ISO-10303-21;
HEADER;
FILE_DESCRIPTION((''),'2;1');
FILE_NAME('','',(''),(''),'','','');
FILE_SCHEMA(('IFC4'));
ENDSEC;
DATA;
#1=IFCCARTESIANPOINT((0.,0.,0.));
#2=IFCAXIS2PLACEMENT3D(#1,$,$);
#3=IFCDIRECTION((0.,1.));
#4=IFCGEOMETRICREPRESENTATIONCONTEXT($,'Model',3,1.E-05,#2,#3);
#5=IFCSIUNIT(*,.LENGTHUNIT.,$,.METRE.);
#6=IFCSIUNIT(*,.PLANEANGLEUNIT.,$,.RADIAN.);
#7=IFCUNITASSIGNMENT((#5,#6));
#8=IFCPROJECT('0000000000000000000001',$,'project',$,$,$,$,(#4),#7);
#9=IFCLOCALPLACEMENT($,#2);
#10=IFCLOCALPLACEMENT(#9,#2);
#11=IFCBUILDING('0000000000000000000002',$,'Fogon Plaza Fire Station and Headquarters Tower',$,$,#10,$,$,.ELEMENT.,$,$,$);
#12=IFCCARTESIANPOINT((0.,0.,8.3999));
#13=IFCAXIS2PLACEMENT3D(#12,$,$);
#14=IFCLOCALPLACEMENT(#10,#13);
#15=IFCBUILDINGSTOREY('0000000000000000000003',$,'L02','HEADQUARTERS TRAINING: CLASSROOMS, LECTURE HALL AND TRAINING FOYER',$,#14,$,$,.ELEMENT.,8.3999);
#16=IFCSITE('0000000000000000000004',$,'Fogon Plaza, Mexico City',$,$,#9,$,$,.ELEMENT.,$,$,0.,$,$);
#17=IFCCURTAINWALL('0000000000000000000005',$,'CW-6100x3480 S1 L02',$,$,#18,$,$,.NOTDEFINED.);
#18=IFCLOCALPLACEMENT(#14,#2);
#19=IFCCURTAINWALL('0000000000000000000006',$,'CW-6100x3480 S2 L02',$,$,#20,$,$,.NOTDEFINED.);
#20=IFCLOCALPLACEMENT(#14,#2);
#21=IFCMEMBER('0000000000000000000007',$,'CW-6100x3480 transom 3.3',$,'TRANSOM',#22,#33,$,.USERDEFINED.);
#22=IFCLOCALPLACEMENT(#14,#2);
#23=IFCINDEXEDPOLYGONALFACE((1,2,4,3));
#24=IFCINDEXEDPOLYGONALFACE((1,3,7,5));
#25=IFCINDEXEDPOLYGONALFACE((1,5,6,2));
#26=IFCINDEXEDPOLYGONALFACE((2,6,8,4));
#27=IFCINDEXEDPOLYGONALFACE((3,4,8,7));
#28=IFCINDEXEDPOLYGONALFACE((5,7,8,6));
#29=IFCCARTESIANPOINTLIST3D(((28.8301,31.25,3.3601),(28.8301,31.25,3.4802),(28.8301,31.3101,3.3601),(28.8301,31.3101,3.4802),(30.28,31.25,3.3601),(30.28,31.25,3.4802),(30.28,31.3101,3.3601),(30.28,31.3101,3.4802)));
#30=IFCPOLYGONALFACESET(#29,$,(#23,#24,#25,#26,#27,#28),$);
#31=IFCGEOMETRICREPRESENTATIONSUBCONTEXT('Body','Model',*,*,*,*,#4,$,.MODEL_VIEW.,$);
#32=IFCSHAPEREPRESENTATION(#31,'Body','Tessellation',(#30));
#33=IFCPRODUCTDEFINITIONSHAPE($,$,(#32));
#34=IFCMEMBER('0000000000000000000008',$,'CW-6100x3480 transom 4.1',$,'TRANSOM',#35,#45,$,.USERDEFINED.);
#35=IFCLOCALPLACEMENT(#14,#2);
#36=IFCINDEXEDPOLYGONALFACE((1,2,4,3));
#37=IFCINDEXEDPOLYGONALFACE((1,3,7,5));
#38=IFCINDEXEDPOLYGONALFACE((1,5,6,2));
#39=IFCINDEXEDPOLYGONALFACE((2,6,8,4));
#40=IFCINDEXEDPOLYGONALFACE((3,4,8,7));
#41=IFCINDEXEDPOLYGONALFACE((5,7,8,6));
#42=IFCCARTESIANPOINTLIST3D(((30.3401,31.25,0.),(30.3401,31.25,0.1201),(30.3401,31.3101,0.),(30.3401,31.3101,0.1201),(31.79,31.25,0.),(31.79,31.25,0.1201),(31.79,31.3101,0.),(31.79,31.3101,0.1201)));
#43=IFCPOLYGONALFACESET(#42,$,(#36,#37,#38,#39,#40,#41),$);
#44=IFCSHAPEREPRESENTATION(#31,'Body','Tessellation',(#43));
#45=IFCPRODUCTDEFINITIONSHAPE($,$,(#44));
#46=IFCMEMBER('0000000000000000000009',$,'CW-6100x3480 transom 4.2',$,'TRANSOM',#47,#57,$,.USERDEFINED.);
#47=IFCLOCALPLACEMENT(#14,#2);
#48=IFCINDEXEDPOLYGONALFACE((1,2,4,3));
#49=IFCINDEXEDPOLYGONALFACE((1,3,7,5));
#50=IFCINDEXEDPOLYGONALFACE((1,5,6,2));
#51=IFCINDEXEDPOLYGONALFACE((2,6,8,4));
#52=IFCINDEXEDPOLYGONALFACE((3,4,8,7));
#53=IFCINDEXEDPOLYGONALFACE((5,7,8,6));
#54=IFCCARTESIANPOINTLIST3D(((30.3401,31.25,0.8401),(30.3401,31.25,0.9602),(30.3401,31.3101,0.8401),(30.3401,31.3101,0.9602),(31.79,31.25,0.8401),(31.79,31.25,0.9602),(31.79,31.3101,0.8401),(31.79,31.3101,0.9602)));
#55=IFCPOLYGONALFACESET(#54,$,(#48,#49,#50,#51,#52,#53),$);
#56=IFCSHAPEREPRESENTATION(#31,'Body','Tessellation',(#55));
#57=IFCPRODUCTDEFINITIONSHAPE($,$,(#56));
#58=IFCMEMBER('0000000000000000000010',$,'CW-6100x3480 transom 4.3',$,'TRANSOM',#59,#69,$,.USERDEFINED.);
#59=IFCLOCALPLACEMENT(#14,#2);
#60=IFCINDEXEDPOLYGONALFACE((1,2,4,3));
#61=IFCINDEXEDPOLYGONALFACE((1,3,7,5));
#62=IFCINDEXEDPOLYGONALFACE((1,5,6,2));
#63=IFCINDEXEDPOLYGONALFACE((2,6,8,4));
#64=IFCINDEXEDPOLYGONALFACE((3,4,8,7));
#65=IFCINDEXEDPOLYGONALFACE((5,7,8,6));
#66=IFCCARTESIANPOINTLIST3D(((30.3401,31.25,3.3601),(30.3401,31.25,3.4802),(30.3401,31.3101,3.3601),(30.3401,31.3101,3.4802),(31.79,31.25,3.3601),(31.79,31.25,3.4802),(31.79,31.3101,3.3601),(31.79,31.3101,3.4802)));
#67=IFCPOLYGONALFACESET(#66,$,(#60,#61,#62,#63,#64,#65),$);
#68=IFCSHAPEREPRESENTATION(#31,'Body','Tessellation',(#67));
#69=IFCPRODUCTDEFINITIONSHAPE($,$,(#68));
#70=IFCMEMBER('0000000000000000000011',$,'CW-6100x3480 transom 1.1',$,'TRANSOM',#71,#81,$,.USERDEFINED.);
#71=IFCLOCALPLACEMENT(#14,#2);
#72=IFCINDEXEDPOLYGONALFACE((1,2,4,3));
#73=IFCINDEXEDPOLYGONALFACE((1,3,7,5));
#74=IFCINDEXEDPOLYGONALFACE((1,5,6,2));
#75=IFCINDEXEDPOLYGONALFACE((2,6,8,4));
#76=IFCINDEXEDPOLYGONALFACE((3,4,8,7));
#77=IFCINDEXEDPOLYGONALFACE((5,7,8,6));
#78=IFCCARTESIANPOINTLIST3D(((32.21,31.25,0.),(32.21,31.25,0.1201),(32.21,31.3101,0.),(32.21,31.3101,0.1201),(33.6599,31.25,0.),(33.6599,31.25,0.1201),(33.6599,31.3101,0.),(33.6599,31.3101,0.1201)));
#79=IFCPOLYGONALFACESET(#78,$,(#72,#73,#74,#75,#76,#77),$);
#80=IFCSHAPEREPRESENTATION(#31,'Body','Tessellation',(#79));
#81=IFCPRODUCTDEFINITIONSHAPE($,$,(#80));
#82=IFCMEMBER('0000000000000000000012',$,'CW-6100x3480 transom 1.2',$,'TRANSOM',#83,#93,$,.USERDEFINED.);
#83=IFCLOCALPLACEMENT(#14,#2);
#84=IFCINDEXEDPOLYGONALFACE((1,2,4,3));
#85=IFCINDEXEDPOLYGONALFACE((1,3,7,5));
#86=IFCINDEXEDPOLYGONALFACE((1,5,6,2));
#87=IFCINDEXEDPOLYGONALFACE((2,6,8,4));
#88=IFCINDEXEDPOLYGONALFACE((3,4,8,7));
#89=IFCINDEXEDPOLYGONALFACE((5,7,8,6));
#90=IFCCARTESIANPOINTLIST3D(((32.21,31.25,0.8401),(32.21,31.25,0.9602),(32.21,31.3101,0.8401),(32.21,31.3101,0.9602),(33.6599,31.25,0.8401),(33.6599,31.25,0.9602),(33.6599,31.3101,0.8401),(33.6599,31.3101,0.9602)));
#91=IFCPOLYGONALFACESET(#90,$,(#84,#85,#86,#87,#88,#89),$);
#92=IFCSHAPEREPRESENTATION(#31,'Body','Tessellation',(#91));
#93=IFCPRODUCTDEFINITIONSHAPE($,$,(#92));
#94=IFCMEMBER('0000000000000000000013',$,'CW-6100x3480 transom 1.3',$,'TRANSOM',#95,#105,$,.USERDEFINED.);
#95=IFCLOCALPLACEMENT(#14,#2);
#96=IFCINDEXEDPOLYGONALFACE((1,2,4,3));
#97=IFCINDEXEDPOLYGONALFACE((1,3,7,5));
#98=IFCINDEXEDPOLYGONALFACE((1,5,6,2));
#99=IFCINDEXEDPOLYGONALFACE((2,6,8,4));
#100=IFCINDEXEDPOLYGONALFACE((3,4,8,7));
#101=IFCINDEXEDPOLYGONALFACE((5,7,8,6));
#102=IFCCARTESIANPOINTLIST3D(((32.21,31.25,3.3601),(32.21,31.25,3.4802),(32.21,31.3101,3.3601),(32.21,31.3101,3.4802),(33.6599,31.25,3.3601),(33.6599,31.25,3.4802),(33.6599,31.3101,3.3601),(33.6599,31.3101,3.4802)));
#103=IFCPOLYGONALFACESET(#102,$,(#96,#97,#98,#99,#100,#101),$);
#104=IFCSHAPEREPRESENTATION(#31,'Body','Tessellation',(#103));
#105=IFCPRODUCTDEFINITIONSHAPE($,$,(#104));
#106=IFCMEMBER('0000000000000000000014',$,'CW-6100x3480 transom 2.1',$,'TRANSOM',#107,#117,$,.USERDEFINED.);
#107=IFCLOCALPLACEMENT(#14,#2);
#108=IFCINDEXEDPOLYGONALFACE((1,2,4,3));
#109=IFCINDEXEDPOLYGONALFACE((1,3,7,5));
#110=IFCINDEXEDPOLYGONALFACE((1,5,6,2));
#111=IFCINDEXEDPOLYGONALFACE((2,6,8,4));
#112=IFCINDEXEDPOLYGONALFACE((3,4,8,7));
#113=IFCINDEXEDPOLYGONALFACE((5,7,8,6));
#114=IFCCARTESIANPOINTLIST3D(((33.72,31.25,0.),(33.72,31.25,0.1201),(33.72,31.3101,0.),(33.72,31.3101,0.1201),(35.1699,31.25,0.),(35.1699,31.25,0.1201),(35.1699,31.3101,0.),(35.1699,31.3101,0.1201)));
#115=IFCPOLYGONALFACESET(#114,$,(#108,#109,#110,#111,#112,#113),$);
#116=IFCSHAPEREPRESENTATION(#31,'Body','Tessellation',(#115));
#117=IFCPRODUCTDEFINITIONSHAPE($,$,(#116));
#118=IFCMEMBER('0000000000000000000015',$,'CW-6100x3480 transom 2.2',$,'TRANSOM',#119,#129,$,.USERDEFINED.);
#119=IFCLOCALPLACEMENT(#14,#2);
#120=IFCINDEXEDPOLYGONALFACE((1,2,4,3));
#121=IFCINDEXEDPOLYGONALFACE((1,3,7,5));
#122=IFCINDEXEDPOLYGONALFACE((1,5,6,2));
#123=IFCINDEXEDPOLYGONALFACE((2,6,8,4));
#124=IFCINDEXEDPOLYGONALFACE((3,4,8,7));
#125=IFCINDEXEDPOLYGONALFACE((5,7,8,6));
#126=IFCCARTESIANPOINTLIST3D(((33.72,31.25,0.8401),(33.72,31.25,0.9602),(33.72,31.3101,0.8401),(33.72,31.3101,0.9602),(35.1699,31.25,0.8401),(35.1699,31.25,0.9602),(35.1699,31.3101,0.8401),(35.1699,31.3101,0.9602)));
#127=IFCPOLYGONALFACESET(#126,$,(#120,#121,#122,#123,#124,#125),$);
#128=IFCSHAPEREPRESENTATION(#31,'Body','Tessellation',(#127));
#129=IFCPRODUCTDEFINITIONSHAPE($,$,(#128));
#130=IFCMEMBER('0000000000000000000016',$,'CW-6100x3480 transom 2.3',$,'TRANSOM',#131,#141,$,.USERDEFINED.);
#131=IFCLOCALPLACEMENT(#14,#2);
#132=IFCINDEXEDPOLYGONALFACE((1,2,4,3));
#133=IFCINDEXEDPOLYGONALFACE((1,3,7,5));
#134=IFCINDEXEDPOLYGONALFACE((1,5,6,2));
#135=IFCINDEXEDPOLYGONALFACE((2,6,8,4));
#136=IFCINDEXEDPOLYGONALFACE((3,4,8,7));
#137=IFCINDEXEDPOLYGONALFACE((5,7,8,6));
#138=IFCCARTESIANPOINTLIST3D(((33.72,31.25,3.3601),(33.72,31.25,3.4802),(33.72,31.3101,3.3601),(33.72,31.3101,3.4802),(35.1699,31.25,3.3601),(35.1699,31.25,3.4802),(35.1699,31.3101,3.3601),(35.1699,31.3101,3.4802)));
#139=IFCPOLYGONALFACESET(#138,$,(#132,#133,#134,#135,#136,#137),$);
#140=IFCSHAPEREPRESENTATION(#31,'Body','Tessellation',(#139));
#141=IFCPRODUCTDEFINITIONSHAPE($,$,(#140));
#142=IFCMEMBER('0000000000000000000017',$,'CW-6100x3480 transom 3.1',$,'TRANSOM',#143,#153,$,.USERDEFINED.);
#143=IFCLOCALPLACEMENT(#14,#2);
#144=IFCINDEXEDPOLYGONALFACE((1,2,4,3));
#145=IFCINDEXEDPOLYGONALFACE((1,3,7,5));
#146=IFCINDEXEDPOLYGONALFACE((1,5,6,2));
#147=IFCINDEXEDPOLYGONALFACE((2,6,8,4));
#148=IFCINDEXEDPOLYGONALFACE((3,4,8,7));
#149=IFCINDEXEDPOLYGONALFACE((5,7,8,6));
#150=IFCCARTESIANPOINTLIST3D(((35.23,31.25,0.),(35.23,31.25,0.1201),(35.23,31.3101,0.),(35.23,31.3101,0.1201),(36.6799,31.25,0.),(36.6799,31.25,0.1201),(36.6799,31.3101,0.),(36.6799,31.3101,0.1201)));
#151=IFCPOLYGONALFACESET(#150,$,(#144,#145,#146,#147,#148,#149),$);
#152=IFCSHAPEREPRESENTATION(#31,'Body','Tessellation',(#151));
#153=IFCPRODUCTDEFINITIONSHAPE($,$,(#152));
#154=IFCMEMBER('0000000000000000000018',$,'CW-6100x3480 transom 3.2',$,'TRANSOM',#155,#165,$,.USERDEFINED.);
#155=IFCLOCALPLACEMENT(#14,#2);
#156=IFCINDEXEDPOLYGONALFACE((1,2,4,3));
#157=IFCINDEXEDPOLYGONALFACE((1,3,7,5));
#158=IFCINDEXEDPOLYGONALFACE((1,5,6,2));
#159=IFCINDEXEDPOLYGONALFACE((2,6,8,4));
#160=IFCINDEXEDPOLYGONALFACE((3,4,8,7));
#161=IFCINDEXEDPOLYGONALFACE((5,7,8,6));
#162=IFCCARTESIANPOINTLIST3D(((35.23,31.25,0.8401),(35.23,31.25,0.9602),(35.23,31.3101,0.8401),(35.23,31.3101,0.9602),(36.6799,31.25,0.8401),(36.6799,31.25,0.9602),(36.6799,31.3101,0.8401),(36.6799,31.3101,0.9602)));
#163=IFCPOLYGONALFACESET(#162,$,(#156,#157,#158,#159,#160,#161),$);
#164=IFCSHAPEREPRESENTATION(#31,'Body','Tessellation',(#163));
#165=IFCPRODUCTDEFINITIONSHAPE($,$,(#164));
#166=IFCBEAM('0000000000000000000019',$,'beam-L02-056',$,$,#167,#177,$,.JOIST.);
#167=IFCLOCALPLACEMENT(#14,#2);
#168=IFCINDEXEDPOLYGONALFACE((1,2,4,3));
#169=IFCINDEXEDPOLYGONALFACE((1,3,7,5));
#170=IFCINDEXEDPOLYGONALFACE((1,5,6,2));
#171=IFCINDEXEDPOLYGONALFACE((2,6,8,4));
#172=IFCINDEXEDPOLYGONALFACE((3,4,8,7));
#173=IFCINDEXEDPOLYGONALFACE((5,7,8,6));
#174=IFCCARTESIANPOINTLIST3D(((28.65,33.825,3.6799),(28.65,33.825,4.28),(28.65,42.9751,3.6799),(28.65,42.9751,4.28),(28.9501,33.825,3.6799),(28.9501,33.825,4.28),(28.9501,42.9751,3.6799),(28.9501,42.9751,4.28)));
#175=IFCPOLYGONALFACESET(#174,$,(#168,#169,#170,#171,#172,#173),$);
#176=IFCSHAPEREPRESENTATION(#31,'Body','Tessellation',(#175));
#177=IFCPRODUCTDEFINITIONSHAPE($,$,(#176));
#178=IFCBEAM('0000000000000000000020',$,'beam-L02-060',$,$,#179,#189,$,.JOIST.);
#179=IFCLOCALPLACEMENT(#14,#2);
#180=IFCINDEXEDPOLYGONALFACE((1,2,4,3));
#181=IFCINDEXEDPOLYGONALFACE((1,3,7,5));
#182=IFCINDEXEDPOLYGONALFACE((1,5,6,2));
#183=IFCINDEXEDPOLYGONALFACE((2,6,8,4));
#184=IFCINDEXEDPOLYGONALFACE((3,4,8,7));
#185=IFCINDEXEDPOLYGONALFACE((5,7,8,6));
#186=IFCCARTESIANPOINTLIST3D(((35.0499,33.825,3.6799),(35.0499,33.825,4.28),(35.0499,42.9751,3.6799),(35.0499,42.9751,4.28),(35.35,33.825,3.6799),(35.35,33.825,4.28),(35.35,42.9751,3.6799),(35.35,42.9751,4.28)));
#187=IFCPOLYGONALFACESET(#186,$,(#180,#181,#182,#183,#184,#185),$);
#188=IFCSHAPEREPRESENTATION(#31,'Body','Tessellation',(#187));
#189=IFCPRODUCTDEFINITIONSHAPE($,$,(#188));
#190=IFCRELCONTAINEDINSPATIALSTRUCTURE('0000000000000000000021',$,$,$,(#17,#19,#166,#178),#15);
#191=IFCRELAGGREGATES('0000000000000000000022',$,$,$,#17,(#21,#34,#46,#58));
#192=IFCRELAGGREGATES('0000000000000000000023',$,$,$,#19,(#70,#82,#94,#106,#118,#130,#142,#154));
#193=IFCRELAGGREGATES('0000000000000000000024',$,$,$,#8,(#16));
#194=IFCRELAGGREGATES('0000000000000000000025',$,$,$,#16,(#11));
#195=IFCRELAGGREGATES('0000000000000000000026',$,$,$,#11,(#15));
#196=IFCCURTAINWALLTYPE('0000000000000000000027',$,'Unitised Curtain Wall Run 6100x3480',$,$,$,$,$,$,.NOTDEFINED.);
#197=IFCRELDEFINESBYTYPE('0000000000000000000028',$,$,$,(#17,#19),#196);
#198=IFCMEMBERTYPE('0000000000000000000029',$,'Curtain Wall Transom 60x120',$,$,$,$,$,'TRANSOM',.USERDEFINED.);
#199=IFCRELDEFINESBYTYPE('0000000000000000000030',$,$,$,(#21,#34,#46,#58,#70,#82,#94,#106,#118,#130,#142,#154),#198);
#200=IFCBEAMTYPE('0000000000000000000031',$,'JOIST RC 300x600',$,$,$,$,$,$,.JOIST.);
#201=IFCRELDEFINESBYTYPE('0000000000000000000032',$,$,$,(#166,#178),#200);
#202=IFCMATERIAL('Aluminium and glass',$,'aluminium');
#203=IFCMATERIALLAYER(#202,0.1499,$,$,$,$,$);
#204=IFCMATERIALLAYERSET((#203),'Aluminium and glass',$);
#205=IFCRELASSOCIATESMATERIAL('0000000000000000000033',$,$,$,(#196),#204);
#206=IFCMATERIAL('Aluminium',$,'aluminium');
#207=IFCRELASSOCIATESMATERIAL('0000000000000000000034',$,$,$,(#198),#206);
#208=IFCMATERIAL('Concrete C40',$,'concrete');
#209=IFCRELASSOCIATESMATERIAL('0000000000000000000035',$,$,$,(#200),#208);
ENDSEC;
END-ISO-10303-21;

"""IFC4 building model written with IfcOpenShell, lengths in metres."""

from ifc_helpers import new_model, si_unit, direction, frame, origin, origin_2d, place, context, subcontext, project, spatial, rectangle, extrude, material, layer, layer_set, material_profile, profile_set, type_object, element, aggregate, save


model = new_model("IFC4")

# Units and contexts
model_context = context("Model", 3, precision=1e-05, world=origin(), true_north=direction((0.0, 1.0)))
body_context = subcontext(model_context, "Body", "Model", "MODEL_VIEW")
ifc_project = project(units=[si_unit("LENGTHUNIT", "METRE"), si_unit("PLANEANGLEUNIT", "RADIAN")], contexts=[model_context])

# Site, building, storey
site_placement = place(None, origin())
site = spatial("IfcSite", under=ifc_project, at=site_placement, Name="Fogon Plaza, Mexico City", CompositionType="ELEMENT", RefElevation=0.0)
building_placement = place(site_placement, origin())
building = spatial("IfcBuilding", under=site, at=building_placement, Name="Fogon Plaza Fire Station and Headquarters Tower", CompositionType="ELEMENT")
storey_placement = place(building_placement, frame((0.0, 0.0, 8.3999)))
storey = spatial("IfcBuildingStorey", under=building, at=storey_placement, Name="L02", Description="HEADQUARTERS TRAINING: CLASSROOMS, LECTURE HALL AND TRAINING FOYER", CompositionType="ELEMENT", Elevation=8.3999)

# Curtain walls
ifc_material_1 = material(Name="Aluminium and glass", Category="aluminium")
ifc_layer_1 = layer(ifc_material_1, 0.1499)
ifc_layer_set_1 = layer_set([ifc_layer_1], Name="Aluminium and glass")
curtain_wall_type = type_object("IfcCurtainWallType", Name="Unitised Curtain Wall Run 6100x3480", PredefinedType="NOTDEFINED", material=ifc_layer_set_1)
curtain_wall_1_placement = place(storey_placement, origin())
curtain_wall_1 = element("IfcCurtainWall", 1, at=curtain_wall_1_placement, inside=storey, type_object=curtain_wall_type, Name="CW-6100x3480 S1 L02", PredefinedType="NOTDEFINED")
curtain_wall_2_placement = place(storey_placement, origin())
curtain_wall_2 = element("IfcCurtainWall", 2, at=curtain_wall_2_placement, inside=storey, type_object=curtain_wall_type, Name="CW-6100x3480 S2 L02", PredefinedType="NOTDEFINED")

# Members
ifc_material_2 = material(Name="Aluminium", Category="aluminium")
ifc_material_profile_1 = material_profile(ifc_material_2, rectangle(XDim=0.0601, YDim=0.1201, at=origin_2d()), Name="Curtain Wall Transom 60x120")
ifc_profile_set_1 = profile_set([ifc_material_profile_1], Name="Aluminium")
member_type_1 = type_object("IfcMemberType", Name="Curtain Wall Transom 60x120", ElementType="TRANSOM", PredefinedType="USERDEFINED", material=ifc_profile_set_1)
member_1_placement = place(storey_placement, frame((28.8301, 31.28, 3.4202), z_axis=(1.0, 0.0, 0.0), x_axis=(0.0, 1.0, 0.0)))
member_1 = element("IfcMember", 3, at=member_1_placement, type_object=member_type_1, Name="CW-6100x3480 transom 3.3", ObjectType="TRANSOM", PredefinedType="USERDEFINED", context=body_context, shape_type="SweptSolid", body=[
    extrude(rectangle(XDim=0.0601, YDim=0.1201, at=origin_2d()), origin(), (0.0, 0.0, 1.0), 1.45),
])
member_2_placement = place(storey_placement, frame((30.3401, 31.28, 0.0601), z_axis=(1.0, 0.0, 0.0), x_axis=(0.0, 1.0, 0.0)))
member_2 = element("IfcMember", 4, at=member_2_placement, type_object=member_type_1, Name="CW-6100x3480 transom 4.1", ObjectType="TRANSOM", PredefinedType="USERDEFINED", context=body_context, shape_type="SweptSolid", body=[
    extrude(rectangle(XDim=0.0601, YDim=0.1201, at=origin_2d()), origin(), (0.0, 0.0, 1.0), 1.45),
])
member_3_placement = place(storey_placement, frame((30.3401, 31.28, 0.9001), z_axis=(1.0, 0.0, 0.0), x_axis=(0.0, 1.0, 0.0)))
member_3 = element("IfcMember", 5, at=member_3_placement, type_object=member_type_1, Name="CW-6100x3480 transom 4.2", ObjectType="TRANSOM", PredefinedType="USERDEFINED", context=body_context, shape_type="SweptSolid", body=[
    extrude(rectangle(XDim=0.0601, YDim=0.1201, at=origin_2d()), origin(), (0.0, 0.0, 1.0), 1.45),
])
member_4_placement = place(storey_placement, frame((30.3401, 31.28, 3.4202), z_axis=(1.0, 0.0, 0.0), x_axis=(0.0, 1.0, 0.0)))
member_4 = element("IfcMember", 6, at=member_4_placement, type_object=member_type_1, Name="CW-6100x3480 transom 4.3", ObjectType="TRANSOM", PredefinedType="USERDEFINED", context=body_context, shape_type="SweptSolid", body=[
    extrude(rectangle(XDim=0.0601, YDim=0.1201, at=origin_2d()), origin(), (0.0, 0.0, 1.0), 1.45),
])
member_5_placement = place(storey_placement, frame((32.21, 31.28, 0.0601), z_axis=(1.0, 0.0, 0.0), x_axis=(0.0, 1.0, 0.0)))
member_5 = element("IfcMember", 7, at=member_5_placement, type_object=member_type_1, Name="CW-6100x3480 transom 1.1", ObjectType="TRANSOM", PredefinedType="USERDEFINED", context=body_context, shape_type="SweptSolid", body=[
    extrude(rectangle(XDim=0.0601, YDim=0.1201, at=origin_2d()), origin(), (0.0, 0.0, 1.0), 1.45),
])
member_6_placement = place(storey_placement, frame((32.21, 31.28, 0.9001), z_axis=(1.0, 0.0, 0.0), x_axis=(0.0, 1.0, 0.0)))
member_6 = element("IfcMember", 8, at=member_6_placement, type_object=member_type_1, Name="CW-6100x3480 transom 1.2", ObjectType="TRANSOM", PredefinedType="USERDEFINED", context=body_context, shape_type="SweptSolid", body=[
    extrude(rectangle(XDim=0.0601, YDim=0.1201, at=origin_2d()), origin(), (0.0, 0.0, 1.0), 1.45),
])
member_7_placement = place(storey_placement, frame((32.21, 31.28, 3.4202), z_axis=(1.0, 0.0, 0.0), x_axis=(0.0, 1.0, 0.0)))
member_7 = element("IfcMember", 9, at=member_7_placement, type_object=member_type_1, Name="CW-6100x3480 transom 1.3", ObjectType="TRANSOM", PredefinedType="USERDEFINED", context=body_context, shape_type="SweptSolid", body=[
    extrude(rectangle(XDim=0.0601, YDim=0.1201, at=origin_2d()), origin(), (0.0, 0.0, 1.0), 1.45),
])
member_8_placement = place(storey_placement, frame((33.72, 31.28, 0.0601), z_axis=(1.0, 0.0, 0.0), x_axis=(0.0, 1.0, 0.0)))
member_8 = element("IfcMember", 10, at=member_8_placement, type_object=member_type_1, Name="CW-6100x3480 transom 2.1", ObjectType="TRANSOM", PredefinedType="USERDEFINED", context=body_context, shape_type="SweptSolid", body=[
    extrude(rectangle(XDim=0.0601, YDim=0.1201, at=origin_2d()), origin(), (0.0, 0.0, 1.0), 1.45),
])
member_9_placement = place(storey_placement, frame((33.72, 31.28, 0.9001), z_axis=(1.0, 0.0, 0.0), x_axis=(0.0, 1.0, 0.0)))
member_9 = element("IfcMember", 11, at=member_9_placement, type_object=member_type_1, Name="CW-6100x3480 transom 2.2", ObjectType="TRANSOM", PredefinedType="USERDEFINED", context=body_context, shape_type="SweptSolid", body=[
    extrude(rectangle(XDim=0.0601, YDim=0.1201, at=origin_2d()), origin(), (0.0, 0.0, 1.0), 1.45),
])
member_10_placement = place(storey_placement, frame((33.72, 31.28, 3.4202), z_axis=(1.0, 0.0, 0.0), x_axis=(0.0, 1.0, 0.0)))
member_10 = element("IfcMember", 12, at=member_10_placement, type_object=member_type_1, Name="CW-6100x3480 transom 2.3", ObjectType="TRANSOM", PredefinedType="USERDEFINED", context=body_context, shape_type="SweptSolid", body=[
    extrude(rectangle(XDim=0.0601, YDim=0.1201, at=origin_2d()), origin(), (0.0, 0.0, 1.0), 1.45),
])
member_11_placement = place(storey_placement, frame((35.23, 31.28, 0.0601), z_axis=(1.0, 0.0, 0.0), x_axis=(0.0, 1.0, 0.0)))
member_11 = element("IfcMember", 13, at=member_11_placement, type_object=member_type_1, Name="CW-6100x3480 transom 3.1", ObjectType="TRANSOM", PredefinedType="USERDEFINED", context=body_context, shape_type="SweptSolid", body=[
    extrude(rectangle(XDim=0.0601, YDim=0.1201, at=origin_2d()), origin(), (0.0, 0.0, 1.0), 1.45),
])
member_12_placement = place(storey_placement, frame((35.23, 31.28, 0.9001), z_axis=(1.0, 0.0, 0.0), x_axis=(0.0, 1.0, 0.0)))
member_12 = element("IfcMember", 14, at=member_12_placement, type_object=member_type_1, Name="CW-6100x3480 transom 3.2", ObjectType="TRANSOM", PredefinedType="USERDEFINED", context=body_context, shape_type="SweptSolid", body=[
    extrude(rectangle(XDim=0.0601, YDim=0.1201, at=origin_2d()), origin(), (0.0, 0.0, 1.0), 1.45),
])

# Beams
ifc_material_3 = material(Name="Concrete C40", Category="concrete")
ifc_material_profile_2 = material_profile(ifc_material_3, rectangle(XDim=0.3, YDim=0.6001, at=origin_2d()), Name="RC 300x600")
ifc_profile_set_2 = profile_set([ifc_material_profile_2], Name="Concrete C40")
beam_type_1 = type_object("IfcBeamType", Name="JOIST RC 300x600", PredefinedType="JOIST", material=ifc_profile_set_2)
for number, where, z_axis, x_axis, name in (
    (15, (28.8, 33.825, 3.98), (0.0, 1.0, 0.0), (-1.0, 0.0, 0.0), "beam-L02-056"),
    (16, (35.2, 33.825, 3.98), (0.0, 1.0, 0.0), (-1.0, 0.0, 0.0), "beam-L02-060"),
):
    element("IfcBeam", number, at=place(storey_placement, frame(where, z_axis=z_axis, x_axis=x_axis)), inside=storey, type_object=beam_type_1, Name=name, PredefinedType="JOIST", context=body_context, shape_type="SweptSolid", body=[
        extrude(rectangle(XDim=0.3, YDim=0.6001, at=origin_2d()), origin(), (0.0, 0.0, 1.0), 9.1501),
    ])

aggregate(curtain_wall_1, [member_1, member_2, member_3, member_4])
aggregate(curtain_wall_2, [member_5, member_6, member_7, member_8, member_9, member_10, member_11, member_12])

save(model, "model.ifc")
